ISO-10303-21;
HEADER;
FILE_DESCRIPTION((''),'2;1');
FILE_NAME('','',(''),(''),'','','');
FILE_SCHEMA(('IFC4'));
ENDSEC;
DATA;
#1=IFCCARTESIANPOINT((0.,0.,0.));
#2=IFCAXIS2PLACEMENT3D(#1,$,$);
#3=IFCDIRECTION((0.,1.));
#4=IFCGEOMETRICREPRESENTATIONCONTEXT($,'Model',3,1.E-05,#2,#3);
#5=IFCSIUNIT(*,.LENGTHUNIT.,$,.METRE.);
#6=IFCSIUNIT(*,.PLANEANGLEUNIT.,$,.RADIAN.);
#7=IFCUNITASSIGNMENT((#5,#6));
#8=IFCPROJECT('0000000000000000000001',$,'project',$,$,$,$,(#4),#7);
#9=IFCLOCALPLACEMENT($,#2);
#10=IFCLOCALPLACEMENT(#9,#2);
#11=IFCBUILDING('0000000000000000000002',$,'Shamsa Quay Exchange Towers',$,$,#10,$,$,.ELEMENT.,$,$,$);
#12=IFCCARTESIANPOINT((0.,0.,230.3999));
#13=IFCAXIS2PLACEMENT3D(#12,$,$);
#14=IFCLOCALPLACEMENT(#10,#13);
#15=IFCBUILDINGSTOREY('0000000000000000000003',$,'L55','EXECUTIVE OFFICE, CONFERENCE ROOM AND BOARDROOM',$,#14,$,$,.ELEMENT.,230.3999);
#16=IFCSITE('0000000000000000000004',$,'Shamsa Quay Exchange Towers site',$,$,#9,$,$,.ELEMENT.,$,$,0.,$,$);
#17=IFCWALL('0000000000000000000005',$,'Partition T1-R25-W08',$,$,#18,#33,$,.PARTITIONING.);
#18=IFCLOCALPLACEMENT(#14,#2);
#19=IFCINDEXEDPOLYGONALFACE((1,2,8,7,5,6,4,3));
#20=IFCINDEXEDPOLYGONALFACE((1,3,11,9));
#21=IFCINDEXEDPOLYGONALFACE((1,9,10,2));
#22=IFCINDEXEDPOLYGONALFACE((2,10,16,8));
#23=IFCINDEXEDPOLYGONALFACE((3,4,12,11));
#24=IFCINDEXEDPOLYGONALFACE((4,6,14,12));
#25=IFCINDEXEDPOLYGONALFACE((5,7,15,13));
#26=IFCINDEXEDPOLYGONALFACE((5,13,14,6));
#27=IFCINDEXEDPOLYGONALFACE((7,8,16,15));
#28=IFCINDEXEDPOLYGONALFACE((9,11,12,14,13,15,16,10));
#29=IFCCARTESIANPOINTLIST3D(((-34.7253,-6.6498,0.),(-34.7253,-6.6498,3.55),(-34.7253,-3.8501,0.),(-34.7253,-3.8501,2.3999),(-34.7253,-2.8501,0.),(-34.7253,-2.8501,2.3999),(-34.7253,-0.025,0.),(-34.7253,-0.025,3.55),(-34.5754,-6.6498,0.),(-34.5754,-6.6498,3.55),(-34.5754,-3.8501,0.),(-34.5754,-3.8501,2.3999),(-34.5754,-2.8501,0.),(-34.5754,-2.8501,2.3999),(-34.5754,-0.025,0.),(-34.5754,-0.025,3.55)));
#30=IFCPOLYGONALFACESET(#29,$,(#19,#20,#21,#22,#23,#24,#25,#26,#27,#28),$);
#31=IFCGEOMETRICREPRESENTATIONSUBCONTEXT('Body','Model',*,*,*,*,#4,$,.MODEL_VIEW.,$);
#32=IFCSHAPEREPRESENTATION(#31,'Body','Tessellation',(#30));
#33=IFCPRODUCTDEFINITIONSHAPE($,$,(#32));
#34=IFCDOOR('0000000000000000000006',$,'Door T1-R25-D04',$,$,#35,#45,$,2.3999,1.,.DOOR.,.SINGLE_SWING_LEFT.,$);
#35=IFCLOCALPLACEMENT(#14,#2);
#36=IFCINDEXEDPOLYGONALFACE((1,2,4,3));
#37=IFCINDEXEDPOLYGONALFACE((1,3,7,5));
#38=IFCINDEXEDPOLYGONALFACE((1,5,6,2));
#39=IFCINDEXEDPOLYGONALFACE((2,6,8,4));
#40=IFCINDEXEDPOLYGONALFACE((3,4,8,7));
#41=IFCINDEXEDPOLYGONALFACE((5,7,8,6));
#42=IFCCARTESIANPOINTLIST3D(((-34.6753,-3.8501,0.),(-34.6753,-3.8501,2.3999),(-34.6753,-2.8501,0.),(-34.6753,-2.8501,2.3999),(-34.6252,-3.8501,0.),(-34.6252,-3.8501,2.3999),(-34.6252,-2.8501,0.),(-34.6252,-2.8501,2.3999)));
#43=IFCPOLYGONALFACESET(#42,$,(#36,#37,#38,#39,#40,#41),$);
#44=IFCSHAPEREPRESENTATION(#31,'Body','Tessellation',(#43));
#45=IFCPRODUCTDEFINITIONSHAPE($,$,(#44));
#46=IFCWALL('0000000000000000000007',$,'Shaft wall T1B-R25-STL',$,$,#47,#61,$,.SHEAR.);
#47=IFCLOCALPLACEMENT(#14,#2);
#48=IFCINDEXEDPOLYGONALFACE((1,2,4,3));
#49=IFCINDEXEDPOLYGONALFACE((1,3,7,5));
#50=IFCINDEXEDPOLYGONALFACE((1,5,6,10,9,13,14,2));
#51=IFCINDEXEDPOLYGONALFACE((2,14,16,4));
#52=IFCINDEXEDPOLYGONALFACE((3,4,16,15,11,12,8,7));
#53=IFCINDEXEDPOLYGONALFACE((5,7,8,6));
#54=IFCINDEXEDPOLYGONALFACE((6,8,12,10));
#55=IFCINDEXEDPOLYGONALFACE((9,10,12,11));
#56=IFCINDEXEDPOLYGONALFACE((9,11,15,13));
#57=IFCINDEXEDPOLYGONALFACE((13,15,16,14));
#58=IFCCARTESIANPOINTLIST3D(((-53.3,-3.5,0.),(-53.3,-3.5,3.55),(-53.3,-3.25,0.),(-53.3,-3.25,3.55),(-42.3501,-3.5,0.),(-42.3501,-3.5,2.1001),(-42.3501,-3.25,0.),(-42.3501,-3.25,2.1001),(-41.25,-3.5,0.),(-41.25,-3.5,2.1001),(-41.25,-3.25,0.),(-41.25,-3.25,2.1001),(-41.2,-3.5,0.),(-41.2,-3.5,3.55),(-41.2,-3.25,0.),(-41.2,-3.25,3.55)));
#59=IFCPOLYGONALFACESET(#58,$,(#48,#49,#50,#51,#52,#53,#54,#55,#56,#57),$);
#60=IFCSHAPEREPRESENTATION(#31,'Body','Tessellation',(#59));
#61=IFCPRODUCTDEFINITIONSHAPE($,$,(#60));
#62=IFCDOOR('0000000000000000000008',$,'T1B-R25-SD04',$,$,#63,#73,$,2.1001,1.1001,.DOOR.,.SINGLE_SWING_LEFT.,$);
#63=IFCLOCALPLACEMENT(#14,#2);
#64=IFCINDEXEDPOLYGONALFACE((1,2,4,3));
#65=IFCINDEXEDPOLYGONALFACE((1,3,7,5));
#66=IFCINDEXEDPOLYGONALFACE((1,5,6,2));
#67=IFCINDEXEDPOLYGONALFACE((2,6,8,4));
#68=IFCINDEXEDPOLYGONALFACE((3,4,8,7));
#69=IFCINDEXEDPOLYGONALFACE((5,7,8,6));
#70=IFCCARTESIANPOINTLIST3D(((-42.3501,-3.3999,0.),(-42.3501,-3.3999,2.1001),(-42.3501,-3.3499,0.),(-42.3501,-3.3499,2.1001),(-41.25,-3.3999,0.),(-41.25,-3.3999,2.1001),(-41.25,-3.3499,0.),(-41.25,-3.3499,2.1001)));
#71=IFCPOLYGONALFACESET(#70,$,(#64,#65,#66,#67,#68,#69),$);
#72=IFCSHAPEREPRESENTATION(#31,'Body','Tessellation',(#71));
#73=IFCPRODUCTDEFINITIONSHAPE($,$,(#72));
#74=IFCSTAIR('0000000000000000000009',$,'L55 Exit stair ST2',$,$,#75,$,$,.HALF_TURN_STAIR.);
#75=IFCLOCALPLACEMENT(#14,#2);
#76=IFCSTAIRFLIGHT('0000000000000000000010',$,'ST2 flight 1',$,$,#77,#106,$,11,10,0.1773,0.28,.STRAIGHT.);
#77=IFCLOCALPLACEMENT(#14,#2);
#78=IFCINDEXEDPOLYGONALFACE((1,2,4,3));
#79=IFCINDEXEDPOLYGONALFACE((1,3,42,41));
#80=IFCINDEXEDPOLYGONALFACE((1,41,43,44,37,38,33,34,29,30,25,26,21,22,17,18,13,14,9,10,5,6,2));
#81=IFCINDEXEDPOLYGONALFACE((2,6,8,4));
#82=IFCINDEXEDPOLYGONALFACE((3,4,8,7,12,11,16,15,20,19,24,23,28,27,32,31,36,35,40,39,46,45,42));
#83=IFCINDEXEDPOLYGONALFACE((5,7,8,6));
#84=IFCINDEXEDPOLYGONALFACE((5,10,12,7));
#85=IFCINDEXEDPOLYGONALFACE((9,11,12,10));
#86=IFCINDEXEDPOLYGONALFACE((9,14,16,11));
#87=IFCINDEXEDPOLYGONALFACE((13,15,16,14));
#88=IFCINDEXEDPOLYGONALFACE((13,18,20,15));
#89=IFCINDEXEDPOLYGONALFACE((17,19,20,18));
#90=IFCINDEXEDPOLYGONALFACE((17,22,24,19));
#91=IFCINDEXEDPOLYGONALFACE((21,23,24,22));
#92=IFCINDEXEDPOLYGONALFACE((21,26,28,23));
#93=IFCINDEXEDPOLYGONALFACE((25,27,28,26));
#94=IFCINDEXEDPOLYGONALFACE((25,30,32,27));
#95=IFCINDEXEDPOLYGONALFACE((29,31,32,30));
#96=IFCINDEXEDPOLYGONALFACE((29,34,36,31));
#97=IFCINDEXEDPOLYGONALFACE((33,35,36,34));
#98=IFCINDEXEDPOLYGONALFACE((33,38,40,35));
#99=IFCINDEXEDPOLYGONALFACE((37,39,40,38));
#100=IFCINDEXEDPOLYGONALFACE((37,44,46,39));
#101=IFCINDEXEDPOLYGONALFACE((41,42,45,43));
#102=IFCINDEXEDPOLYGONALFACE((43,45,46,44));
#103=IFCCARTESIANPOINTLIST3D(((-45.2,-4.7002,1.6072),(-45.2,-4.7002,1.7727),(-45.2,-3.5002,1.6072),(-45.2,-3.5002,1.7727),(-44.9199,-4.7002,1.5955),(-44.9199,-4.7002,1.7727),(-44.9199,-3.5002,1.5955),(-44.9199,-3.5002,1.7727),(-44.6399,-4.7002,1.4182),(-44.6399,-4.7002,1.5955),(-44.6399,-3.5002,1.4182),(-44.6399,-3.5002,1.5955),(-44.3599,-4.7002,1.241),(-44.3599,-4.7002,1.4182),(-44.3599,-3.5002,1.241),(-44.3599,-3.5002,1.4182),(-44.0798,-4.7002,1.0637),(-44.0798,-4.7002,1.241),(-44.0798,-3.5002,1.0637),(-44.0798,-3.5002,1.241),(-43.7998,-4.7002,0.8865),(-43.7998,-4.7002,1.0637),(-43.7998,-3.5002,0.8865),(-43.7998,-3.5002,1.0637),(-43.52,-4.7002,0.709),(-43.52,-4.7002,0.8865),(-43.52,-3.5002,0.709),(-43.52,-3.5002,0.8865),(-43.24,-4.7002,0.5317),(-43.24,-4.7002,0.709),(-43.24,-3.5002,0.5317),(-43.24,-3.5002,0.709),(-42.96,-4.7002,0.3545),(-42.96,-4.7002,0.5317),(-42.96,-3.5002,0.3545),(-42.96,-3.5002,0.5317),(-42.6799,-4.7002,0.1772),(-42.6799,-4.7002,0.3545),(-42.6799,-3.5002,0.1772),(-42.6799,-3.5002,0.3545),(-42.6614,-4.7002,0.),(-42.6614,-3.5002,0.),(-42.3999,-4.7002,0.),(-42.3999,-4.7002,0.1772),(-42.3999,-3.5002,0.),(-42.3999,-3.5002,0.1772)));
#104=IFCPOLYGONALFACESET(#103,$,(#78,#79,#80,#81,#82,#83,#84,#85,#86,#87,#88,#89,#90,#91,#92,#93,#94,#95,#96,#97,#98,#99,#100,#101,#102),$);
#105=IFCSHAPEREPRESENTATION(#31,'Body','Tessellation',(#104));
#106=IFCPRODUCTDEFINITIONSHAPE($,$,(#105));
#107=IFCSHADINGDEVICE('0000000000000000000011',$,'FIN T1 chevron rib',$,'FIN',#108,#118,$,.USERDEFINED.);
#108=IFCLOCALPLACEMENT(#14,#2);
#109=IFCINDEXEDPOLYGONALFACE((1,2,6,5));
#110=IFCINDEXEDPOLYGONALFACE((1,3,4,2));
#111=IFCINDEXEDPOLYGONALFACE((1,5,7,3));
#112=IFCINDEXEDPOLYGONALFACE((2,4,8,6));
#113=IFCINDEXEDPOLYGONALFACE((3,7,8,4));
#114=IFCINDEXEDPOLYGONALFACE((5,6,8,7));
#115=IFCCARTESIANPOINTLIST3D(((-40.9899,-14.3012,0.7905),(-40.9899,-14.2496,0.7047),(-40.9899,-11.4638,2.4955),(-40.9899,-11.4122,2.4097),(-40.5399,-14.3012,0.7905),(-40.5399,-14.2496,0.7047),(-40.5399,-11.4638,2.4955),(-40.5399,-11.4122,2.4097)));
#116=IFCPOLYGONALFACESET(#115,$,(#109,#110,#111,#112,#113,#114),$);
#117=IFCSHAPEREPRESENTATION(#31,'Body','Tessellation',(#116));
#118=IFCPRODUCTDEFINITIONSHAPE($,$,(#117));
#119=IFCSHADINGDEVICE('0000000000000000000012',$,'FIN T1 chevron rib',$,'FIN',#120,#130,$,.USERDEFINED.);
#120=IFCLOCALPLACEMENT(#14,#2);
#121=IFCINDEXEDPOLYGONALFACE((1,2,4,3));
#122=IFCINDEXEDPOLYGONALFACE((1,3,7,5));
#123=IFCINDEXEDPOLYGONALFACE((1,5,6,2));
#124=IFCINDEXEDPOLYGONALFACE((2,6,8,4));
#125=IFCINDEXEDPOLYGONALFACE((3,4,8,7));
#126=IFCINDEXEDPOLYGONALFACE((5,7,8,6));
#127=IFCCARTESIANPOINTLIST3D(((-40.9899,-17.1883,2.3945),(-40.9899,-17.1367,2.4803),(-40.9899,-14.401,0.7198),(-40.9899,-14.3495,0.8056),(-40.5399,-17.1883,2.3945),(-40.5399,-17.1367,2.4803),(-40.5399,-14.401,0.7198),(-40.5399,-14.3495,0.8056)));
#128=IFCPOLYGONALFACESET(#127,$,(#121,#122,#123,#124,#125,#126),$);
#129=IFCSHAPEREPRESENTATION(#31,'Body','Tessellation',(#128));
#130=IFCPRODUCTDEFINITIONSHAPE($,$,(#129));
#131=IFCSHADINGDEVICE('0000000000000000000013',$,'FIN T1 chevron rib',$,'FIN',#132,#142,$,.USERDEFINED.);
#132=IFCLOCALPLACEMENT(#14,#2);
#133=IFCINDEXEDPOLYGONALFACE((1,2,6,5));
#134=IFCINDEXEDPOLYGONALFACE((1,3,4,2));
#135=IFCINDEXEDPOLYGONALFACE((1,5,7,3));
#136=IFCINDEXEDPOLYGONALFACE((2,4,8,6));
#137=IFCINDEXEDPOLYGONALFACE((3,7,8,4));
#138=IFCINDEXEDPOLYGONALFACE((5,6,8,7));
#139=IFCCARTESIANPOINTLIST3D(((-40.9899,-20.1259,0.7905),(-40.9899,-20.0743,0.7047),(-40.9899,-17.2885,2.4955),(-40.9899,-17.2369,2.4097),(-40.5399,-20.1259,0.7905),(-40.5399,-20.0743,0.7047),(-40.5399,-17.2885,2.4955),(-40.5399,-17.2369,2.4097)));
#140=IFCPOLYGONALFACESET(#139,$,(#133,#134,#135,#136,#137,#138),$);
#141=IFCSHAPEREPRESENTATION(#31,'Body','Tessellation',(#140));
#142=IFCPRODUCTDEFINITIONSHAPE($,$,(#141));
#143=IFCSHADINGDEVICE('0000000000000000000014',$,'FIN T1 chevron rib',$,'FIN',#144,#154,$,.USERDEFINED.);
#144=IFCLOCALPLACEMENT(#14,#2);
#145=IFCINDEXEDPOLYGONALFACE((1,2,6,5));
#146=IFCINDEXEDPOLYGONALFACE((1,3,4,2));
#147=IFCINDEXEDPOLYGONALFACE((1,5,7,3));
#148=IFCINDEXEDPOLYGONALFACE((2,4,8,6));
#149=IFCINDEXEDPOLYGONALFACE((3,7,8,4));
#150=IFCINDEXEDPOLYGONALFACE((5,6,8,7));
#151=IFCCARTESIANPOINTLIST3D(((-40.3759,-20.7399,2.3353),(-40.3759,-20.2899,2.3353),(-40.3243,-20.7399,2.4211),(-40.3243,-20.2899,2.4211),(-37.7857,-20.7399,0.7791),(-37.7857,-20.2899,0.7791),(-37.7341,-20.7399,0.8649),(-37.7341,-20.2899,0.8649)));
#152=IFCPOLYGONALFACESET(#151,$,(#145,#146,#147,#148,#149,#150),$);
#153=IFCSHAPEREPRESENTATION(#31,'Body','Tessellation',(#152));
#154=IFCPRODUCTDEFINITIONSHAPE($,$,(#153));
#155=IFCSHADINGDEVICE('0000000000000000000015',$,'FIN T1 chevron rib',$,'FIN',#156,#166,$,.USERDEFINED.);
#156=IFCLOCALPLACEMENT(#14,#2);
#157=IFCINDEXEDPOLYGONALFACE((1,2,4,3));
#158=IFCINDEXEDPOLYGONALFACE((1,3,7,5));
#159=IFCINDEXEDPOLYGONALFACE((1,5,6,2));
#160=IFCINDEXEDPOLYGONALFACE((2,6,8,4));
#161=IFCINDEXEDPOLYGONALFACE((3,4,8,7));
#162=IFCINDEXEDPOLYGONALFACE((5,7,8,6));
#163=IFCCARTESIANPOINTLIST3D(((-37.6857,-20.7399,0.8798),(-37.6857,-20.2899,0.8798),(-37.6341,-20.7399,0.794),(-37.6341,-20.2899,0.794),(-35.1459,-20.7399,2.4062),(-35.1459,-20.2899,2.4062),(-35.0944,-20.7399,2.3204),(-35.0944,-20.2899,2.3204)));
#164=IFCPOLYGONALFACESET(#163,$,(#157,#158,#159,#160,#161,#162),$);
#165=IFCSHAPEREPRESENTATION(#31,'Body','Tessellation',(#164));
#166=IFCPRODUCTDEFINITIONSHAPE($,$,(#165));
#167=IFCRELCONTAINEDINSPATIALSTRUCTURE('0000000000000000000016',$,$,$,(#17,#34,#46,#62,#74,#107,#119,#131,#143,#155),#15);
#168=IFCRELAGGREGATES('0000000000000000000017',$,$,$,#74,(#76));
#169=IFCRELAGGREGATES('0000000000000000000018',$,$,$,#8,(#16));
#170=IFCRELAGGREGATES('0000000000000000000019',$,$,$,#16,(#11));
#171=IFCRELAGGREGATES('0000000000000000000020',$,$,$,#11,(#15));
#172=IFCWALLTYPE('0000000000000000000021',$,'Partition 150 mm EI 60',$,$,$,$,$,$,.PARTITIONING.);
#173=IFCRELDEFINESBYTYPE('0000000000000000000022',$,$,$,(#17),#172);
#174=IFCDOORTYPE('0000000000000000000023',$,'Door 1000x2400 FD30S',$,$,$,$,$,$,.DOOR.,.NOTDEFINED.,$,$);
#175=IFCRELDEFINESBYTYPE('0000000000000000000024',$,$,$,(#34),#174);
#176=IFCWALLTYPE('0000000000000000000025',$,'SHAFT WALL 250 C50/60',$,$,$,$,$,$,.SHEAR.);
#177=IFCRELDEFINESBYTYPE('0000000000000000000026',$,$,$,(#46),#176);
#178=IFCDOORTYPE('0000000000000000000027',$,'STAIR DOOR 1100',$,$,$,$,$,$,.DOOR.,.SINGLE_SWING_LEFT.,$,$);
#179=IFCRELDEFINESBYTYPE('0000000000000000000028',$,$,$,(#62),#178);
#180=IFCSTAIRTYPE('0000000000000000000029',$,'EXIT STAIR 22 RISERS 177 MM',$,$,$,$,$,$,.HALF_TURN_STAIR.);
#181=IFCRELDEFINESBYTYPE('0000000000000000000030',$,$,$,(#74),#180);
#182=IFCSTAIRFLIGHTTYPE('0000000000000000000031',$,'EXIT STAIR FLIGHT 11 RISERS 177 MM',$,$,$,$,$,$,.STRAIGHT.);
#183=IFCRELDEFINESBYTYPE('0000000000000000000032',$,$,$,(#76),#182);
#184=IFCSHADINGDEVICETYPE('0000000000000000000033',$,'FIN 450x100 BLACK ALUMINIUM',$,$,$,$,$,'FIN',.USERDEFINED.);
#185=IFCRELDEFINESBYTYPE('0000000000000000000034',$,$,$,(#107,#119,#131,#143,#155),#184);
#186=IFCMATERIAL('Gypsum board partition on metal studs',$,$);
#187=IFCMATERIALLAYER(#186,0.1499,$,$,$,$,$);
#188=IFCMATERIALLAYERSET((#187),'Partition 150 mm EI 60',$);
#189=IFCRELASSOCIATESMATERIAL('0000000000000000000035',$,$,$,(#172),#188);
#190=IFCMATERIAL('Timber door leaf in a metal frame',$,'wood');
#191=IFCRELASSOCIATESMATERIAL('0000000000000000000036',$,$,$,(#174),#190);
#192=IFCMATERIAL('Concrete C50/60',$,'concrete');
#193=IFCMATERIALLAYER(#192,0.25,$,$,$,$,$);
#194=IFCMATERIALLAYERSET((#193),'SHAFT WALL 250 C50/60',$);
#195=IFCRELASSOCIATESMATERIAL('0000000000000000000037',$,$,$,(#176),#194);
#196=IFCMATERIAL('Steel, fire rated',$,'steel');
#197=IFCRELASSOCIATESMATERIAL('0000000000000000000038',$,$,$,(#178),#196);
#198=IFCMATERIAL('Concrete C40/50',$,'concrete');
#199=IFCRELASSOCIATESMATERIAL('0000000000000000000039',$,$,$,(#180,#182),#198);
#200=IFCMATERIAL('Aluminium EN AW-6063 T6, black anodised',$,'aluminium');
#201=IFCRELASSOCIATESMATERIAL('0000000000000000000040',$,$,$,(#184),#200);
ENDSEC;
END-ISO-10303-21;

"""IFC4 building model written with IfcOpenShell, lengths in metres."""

from ifc_helpers import new_model, si_unit, direction, frame, frame_2d, origin, origin_2d, place, context, subcontext, project, spatial, polyline, rectangle, outline, extrude, material, layer, layer_set, material_profile, profile_set, type_object, element, fill, aggregate, save


model = new_model("IFC4")

# Units and contexts
model_context = context("Model", 3, precision=1e-05, world=origin(), true_north=direction((0.0, 1.0)))
body_context = subcontext(model_context, "Body", "Model", "MODEL_VIEW")
ifc_project = project(units=[si_unit("LENGTHUNIT", "METRE"), si_unit("PLANEANGLEUNIT", "RADIAN")], contexts=[model_context])

# Site, building, storey
site_placement = place(None, origin())
site = spatial("IfcSite", under=ifc_project, at=site_placement, Name="Shamsa Quay Exchange Towers site", CompositionType="ELEMENT", RefElevation=0.0)
building_placement = place(site_placement, origin())
building = spatial("IfcBuilding", under=site, at=building_placement, Name="Shamsa Quay Exchange Towers", CompositionType="ELEMENT")
storey_placement = place(building_placement, frame((0.0, 0.0, 230.3999)))
storey = spatial("IfcBuildingStorey", under=building, at=storey_placement, Name="L55", Description="EXECUTIVE OFFICE, CONFERENCE ROOM AND BOARDROOM", CompositionType="ELEMENT", Elevation=230.3999)

# Shared definitions
ifc_material_1 = material(Name="Aluminium EN AW-6063 T6, black anodised", Category="aluminium")

# Walls, openings, doors
ifc_material_2 = material(Name="Steel, fire rated", Category="steel")
ifc_material_3 = material(Name="Gypsum board partition on metal studs")
ifc_layer_1 = layer(ifc_material_3, 0.1499)
ifc_layer_set_1 = layer_set([ifc_layer_1], Name="Partition 150 mm EI 60")
wall_type_1 = type_object("IfcWallType", Name="Partition 150 mm EI 60", PredefinedType="PARTITIONING", material=ifc_layer_set_1)
wall_1_placement = place(storey_placement, frame((-34.6504, -6.6499, 0.0), z_axis=(0.0, 0.0, 1.0), x_axis=(0.0, 1.0, 0.0)))
wall_1 = element("IfcWall", 1, at=wall_1_placement, inside=storey, type_object=wall_type_1, Name="Partition T1-R25-W08", PredefinedType="PARTITIONING", context=body_context, shape_type="SweptSolid", body=[
    extrude(rectangle(XDim=6.6248, YDim=0.1499, at=frame_2d((3.3125, 0.0))), origin(), (0.0, 0.0, 1.0), 3.55),
])
opening_1_placement = place(wall_1_placement, frame((2.7998, 0.0, 0.0)))
opening_1 = element("IfcOpeningElement", 2, at=opening_1_placement, cuts=wall_1, PredefinedType="OPENING", context=body_context, shape_type="SweptSolid", body=[
    extrude(rectangle(XDim=1.0, YDim=2.3999, at=frame_2d((0.5, 1.2))), frame((0.0, 0.085, 0.0), z_axis=(0.0, -1.0, 0.0), x_axis=(1.0, 0.0, 0.0)), (0.0, 0.0, 1.0), 0.1699),
])
ifc_material_4 = material(Name="Timber door leaf in a metal frame", Category="wood")
door_type_1 = type_object("IfcDoorType", Name="Door 1000x2400 FD30S", OperationType="NOTDEFINED", PredefinedType="DOOR", material=ifc_material_4)
door_1_placement = place(opening_1_placement, origin())
door_1 = element("IfcDoor", 3, at=door_1_placement, inside=storey, type_object=door_type_1, Name="Door T1-R25-D04", OperationType="SINGLE_SWING_LEFT", OverallHeight=2.3999, OverallWidth=1.0, PredefinedType="DOOR", context=body_context, shape_type="SweptSolid", body=[
    extrude(rectangle(XDim=1.0, YDim=2.3999, at=frame_2d((0.5, 1.2))), frame((0.0, 0.0249, 0.0), z_axis=(0.0, -1.0, 0.0), x_axis=(1.0, 0.0, 0.0)), (0.0, 0.0, 1.0), 0.05),
])
fill(opening_1, door_1)
ifc_material_5 = material(Name="Concrete C50/60", Category="concrete")
ifc_layer_2 = layer(ifc_material_5, 0.25)
ifc_layer_set_2 = layer_set([ifc_layer_2], Name="SHAFT WALL 250 C50/60")
wall_type_2 = type_object("IfcWallType", Name="SHAFT WALL 250 C50/60", PredefinedType="SHEAR", material=ifc_layer_set_2)
wall_2_placement = place(storey_placement, frame((-41.2, -3.375, 0.0), z_axis=(0.0, 0.0, 1.0), x_axis=(-1.0, 0.0, 0.0)))
wall_2 = element("IfcWall", 4, at=wall_2_placement, inside=storey, type_object=wall_type_2, Name="Shaft wall T1B-R25-STL", PredefinedType="SHEAR", context=body_context, shape_type="SweptSolid", body=[
    extrude(rectangle(XDim=12.1001, YDim=0.25, at=frame_2d((6.05, 0.0))), origin(), (0.0, 0.0, 1.0), 3.55),
])
opening_2_placement = place(wall_2_placement, frame((0.05, 0.0, 0.0)))
opening_2 = element("IfcOpeningElement", 5, at=opening_2_placement, cuts=wall_2, PredefinedType="OPENING", context=body_context, shape_type="SweptSolid", body=[
    extrude(rectangle(XDim=1.1001, YDim=2.1001, at=frame_2d((0.55, 1.05))), frame((0.0, 0.135, 0.0), z_axis=(0.0, -1.0, 0.0), x_axis=(1.0, 0.0, 0.0)), (0.0, 0.0, 1.0), 0.27),
])
door_type_2 = type_object("IfcDoorType", Name="STAIR DOOR 1100", OperationType="SINGLE_SWING_LEFT", PredefinedType="DOOR", material=ifc_material_2)
door_2_placement = place(opening_2_placement, origin())
door_2 = element("IfcDoor", 6, at=door_2_placement, inside=storey, type_object=door_type_2, Name="T1B-R25-SD04", OperationType="SINGLE_SWING_LEFT", OverallHeight=2.1001, OverallWidth=1.1001, PredefinedType="DOOR", context=body_context, shape_type="SweptSolid", body=[
    extrude(rectangle(XDim=1.1001, YDim=2.1001, at=frame_2d((0.55, 1.05))), frame((0.0, 0.0249, 0.0), z_axis=(0.0, -1.0, 0.0), x_axis=(1.0, 0.0, 0.0)), (0.0, 0.0, 1.0), 0.05),
])
fill(opening_2, door_2)

# Stair, stair flight
ifc_material_6 = material(Name="Concrete C40/50", Category="concrete")
stair_type = type_object("IfcStairType", Name="EXIT STAIR 22 RISERS 177 MM", PredefinedType="HALF_TURN_STAIR", material=ifc_material_6)
stair_placement = place(storey_placement, origin())
stair = element("IfcStair", 7, at=stair_placement, inside=storey, type_object=stair_type, Name="L55 Exit stair ST2", PredefinedType="HALF_TURN_STAIR")
stair_flight_type = type_object("IfcStairFlightType", Name="EXIT STAIR FLIGHT 11 RISERS 177 MM", PredefinedType="STRAIGHT", material=ifc_material_6)
stair_flight_placement = place(storey_placement, frame((-42.3999, -4.1001, 0.0), z_axis=(0.0, 0.0, 1.0), x_axis=(-1.0, 0.0, 0.0)))
stair_flight = element("IfcStairFlight", 8, at=stair_flight_placement, type_object=stair_flight_type, Name="ST2 flight 1", NumberOfRisers=11, NumberOfTreads=10, PredefinedType="STRAIGHT", RiserHeight=0.1773, TreadLength=0.28, context=body_context, shape_type="SweptSolid", body=[
    extrude(outline(polyline([(0.0, 0.0), (0.0, 0.1772), (0.28, 0.1772), (0.28, 0.3545), (0.5601, 0.3545), (0.5601, 0.5317), (0.8401, 0.5317), (0.8401, 0.709), (1.1201, 0.709), (1.1201, 0.8865), (1.3999, 0.8865), (1.3999, 1.0637), (1.6799, 1.0637), (1.6799, 1.241), (1.96, 1.241), (1.96, 1.4182), (2.24, 1.4182), (2.24, 1.5955), (2.52, 1.5955), (2.52, 1.7727), (2.8, 1.7727), (2.8, 1.95), (2.8, 1.6072), (0.2615, 0.0), (0.0, 0.0)])), frame((0.0, 0.6001, 0.0), z_axis=(0.0, -1.0, 0.0), x_axis=(1.0, 0.0, 0.0)), (0.0, 0.0, 1.0), 1.2),
])
aggregate(stair, [stair_flight])

# Shading devices
ifc_material_profile_1 = material_profile(ifc_material_1, rectangle(XDim=0.45, YDim=0.1001, at=origin_2d()), Name="FIN450x100")
ifc_profile_set_1 = profile_set([ifc_material_profile_1], Name="Aluminium EN AW-6063 T6, black anodised")
shading_device_type = type_object("IfcShadingDeviceType", Name="FIN 450x100 BLACK ALUMINIUM", ElementType="FIN", PredefinedType="USERDEFINED", material=ifc_profile_set_1)
shading_device_1_placement = place(storey_placement, frame((-40.7649, -11.438, 2.4526), z_axis=(0.0, -0.857141, -0.515081), x_axis=(1.0, 0.0, 0.0)))
element("IfcShadingDevice", 9, at=shading_device_1_placement, inside=storey, type_object=shading_device_type, Name="FIN T1 chevron rib", ObjectType="FIN", PredefinedType="USERDEFINED", context=body_context, shape_type="SweptSolid", body=[
    extrude(rectangle(XDim=0.45, YDim=0.1001, at=origin_2d()), origin(), (0.0, 0.0, 1.0), 3.3103),
])
shading_device_2_placement = place(storey_placement, frame((-40.7649, -14.3752, 0.7627), z_axis=(0.0, -0.857168, 0.515037), x_axis=(1.0, 0.0, 0.0)))
element("IfcShadingDevice", 10, at=shading_device_2_placement, inside=storey, type_object=shading_device_type, Name="FIN T1 chevron rib", ObjectType="FIN", PredefinedType="USERDEFINED", context=body_context, shape_type="SweptSolid", body=[
    extrude(rectangle(XDim=0.45, YDim=0.1001, at=origin_2d()), origin(), (0.0, 0.0, 1.0), 3.2517),
])
shading_device_3_placement = place(storey_placement, frame((-40.7649, -17.2627, 2.4526), z_axis=(0.0, -0.857141, -0.515081), x_axis=(1.0, 0.0, 0.0)))
element("IfcShadingDevice", 11, at=shading_device_3_placement, inside=storey, type_object=shading_device_type, Name="FIN T1 chevron rib", ObjectType="FIN", PredefinedType="USERDEFINED", context=body_context, shape_type="SweptSolid", body=[
    extrude(rectangle(XDim=0.45, YDim=0.1001, at=origin_2d()), origin(), (0.0, 0.0, 1.0), 3.3103),
])
shading_device_4_placement = place(storey_placement, frame((-40.3501, -20.5149, 2.3782), z_axis=(0.857186, 0.0, -0.515007), x_axis=(0.0, 1.0, 0.0)))
element("IfcShadingDevice", 12, at=shading_device_4_placement, inside=storey, type_object=shading_device_type, Name="FIN T1 chevron rib", ObjectType="FIN", PredefinedType="USERDEFINED", context=body_context, shape_type="SweptSolid", body=[
    extrude(rectangle(XDim=0.45, YDim=0.1001, at=origin_2d()), origin(), (0.0, 0.0, 1.0), 3.0217),
])
shading_device_5_placement = place(storey_placement, frame((-37.6599, -20.5149, 0.8369), z_axis=(0.857122, 0.0, 0.515114), x_axis=(0.0, 1.0, 0.0)))
element("IfcShadingDevice", 13, at=shading_device_5_placement, inside=storey, type_object=shading_device_type, Name="FIN T1 chevron rib", ObjectType="FIN", PredefinedType="USERDEFINED", context=body_context, shape_type="SweptSolid", body=[
    extrude(rectangle(XDim=0.45, YDim=0.1001, at=origin_2d()), origin(), (0.0, 0.0, 1.0), 2.9631),
])

save(model, "model.ifc")
